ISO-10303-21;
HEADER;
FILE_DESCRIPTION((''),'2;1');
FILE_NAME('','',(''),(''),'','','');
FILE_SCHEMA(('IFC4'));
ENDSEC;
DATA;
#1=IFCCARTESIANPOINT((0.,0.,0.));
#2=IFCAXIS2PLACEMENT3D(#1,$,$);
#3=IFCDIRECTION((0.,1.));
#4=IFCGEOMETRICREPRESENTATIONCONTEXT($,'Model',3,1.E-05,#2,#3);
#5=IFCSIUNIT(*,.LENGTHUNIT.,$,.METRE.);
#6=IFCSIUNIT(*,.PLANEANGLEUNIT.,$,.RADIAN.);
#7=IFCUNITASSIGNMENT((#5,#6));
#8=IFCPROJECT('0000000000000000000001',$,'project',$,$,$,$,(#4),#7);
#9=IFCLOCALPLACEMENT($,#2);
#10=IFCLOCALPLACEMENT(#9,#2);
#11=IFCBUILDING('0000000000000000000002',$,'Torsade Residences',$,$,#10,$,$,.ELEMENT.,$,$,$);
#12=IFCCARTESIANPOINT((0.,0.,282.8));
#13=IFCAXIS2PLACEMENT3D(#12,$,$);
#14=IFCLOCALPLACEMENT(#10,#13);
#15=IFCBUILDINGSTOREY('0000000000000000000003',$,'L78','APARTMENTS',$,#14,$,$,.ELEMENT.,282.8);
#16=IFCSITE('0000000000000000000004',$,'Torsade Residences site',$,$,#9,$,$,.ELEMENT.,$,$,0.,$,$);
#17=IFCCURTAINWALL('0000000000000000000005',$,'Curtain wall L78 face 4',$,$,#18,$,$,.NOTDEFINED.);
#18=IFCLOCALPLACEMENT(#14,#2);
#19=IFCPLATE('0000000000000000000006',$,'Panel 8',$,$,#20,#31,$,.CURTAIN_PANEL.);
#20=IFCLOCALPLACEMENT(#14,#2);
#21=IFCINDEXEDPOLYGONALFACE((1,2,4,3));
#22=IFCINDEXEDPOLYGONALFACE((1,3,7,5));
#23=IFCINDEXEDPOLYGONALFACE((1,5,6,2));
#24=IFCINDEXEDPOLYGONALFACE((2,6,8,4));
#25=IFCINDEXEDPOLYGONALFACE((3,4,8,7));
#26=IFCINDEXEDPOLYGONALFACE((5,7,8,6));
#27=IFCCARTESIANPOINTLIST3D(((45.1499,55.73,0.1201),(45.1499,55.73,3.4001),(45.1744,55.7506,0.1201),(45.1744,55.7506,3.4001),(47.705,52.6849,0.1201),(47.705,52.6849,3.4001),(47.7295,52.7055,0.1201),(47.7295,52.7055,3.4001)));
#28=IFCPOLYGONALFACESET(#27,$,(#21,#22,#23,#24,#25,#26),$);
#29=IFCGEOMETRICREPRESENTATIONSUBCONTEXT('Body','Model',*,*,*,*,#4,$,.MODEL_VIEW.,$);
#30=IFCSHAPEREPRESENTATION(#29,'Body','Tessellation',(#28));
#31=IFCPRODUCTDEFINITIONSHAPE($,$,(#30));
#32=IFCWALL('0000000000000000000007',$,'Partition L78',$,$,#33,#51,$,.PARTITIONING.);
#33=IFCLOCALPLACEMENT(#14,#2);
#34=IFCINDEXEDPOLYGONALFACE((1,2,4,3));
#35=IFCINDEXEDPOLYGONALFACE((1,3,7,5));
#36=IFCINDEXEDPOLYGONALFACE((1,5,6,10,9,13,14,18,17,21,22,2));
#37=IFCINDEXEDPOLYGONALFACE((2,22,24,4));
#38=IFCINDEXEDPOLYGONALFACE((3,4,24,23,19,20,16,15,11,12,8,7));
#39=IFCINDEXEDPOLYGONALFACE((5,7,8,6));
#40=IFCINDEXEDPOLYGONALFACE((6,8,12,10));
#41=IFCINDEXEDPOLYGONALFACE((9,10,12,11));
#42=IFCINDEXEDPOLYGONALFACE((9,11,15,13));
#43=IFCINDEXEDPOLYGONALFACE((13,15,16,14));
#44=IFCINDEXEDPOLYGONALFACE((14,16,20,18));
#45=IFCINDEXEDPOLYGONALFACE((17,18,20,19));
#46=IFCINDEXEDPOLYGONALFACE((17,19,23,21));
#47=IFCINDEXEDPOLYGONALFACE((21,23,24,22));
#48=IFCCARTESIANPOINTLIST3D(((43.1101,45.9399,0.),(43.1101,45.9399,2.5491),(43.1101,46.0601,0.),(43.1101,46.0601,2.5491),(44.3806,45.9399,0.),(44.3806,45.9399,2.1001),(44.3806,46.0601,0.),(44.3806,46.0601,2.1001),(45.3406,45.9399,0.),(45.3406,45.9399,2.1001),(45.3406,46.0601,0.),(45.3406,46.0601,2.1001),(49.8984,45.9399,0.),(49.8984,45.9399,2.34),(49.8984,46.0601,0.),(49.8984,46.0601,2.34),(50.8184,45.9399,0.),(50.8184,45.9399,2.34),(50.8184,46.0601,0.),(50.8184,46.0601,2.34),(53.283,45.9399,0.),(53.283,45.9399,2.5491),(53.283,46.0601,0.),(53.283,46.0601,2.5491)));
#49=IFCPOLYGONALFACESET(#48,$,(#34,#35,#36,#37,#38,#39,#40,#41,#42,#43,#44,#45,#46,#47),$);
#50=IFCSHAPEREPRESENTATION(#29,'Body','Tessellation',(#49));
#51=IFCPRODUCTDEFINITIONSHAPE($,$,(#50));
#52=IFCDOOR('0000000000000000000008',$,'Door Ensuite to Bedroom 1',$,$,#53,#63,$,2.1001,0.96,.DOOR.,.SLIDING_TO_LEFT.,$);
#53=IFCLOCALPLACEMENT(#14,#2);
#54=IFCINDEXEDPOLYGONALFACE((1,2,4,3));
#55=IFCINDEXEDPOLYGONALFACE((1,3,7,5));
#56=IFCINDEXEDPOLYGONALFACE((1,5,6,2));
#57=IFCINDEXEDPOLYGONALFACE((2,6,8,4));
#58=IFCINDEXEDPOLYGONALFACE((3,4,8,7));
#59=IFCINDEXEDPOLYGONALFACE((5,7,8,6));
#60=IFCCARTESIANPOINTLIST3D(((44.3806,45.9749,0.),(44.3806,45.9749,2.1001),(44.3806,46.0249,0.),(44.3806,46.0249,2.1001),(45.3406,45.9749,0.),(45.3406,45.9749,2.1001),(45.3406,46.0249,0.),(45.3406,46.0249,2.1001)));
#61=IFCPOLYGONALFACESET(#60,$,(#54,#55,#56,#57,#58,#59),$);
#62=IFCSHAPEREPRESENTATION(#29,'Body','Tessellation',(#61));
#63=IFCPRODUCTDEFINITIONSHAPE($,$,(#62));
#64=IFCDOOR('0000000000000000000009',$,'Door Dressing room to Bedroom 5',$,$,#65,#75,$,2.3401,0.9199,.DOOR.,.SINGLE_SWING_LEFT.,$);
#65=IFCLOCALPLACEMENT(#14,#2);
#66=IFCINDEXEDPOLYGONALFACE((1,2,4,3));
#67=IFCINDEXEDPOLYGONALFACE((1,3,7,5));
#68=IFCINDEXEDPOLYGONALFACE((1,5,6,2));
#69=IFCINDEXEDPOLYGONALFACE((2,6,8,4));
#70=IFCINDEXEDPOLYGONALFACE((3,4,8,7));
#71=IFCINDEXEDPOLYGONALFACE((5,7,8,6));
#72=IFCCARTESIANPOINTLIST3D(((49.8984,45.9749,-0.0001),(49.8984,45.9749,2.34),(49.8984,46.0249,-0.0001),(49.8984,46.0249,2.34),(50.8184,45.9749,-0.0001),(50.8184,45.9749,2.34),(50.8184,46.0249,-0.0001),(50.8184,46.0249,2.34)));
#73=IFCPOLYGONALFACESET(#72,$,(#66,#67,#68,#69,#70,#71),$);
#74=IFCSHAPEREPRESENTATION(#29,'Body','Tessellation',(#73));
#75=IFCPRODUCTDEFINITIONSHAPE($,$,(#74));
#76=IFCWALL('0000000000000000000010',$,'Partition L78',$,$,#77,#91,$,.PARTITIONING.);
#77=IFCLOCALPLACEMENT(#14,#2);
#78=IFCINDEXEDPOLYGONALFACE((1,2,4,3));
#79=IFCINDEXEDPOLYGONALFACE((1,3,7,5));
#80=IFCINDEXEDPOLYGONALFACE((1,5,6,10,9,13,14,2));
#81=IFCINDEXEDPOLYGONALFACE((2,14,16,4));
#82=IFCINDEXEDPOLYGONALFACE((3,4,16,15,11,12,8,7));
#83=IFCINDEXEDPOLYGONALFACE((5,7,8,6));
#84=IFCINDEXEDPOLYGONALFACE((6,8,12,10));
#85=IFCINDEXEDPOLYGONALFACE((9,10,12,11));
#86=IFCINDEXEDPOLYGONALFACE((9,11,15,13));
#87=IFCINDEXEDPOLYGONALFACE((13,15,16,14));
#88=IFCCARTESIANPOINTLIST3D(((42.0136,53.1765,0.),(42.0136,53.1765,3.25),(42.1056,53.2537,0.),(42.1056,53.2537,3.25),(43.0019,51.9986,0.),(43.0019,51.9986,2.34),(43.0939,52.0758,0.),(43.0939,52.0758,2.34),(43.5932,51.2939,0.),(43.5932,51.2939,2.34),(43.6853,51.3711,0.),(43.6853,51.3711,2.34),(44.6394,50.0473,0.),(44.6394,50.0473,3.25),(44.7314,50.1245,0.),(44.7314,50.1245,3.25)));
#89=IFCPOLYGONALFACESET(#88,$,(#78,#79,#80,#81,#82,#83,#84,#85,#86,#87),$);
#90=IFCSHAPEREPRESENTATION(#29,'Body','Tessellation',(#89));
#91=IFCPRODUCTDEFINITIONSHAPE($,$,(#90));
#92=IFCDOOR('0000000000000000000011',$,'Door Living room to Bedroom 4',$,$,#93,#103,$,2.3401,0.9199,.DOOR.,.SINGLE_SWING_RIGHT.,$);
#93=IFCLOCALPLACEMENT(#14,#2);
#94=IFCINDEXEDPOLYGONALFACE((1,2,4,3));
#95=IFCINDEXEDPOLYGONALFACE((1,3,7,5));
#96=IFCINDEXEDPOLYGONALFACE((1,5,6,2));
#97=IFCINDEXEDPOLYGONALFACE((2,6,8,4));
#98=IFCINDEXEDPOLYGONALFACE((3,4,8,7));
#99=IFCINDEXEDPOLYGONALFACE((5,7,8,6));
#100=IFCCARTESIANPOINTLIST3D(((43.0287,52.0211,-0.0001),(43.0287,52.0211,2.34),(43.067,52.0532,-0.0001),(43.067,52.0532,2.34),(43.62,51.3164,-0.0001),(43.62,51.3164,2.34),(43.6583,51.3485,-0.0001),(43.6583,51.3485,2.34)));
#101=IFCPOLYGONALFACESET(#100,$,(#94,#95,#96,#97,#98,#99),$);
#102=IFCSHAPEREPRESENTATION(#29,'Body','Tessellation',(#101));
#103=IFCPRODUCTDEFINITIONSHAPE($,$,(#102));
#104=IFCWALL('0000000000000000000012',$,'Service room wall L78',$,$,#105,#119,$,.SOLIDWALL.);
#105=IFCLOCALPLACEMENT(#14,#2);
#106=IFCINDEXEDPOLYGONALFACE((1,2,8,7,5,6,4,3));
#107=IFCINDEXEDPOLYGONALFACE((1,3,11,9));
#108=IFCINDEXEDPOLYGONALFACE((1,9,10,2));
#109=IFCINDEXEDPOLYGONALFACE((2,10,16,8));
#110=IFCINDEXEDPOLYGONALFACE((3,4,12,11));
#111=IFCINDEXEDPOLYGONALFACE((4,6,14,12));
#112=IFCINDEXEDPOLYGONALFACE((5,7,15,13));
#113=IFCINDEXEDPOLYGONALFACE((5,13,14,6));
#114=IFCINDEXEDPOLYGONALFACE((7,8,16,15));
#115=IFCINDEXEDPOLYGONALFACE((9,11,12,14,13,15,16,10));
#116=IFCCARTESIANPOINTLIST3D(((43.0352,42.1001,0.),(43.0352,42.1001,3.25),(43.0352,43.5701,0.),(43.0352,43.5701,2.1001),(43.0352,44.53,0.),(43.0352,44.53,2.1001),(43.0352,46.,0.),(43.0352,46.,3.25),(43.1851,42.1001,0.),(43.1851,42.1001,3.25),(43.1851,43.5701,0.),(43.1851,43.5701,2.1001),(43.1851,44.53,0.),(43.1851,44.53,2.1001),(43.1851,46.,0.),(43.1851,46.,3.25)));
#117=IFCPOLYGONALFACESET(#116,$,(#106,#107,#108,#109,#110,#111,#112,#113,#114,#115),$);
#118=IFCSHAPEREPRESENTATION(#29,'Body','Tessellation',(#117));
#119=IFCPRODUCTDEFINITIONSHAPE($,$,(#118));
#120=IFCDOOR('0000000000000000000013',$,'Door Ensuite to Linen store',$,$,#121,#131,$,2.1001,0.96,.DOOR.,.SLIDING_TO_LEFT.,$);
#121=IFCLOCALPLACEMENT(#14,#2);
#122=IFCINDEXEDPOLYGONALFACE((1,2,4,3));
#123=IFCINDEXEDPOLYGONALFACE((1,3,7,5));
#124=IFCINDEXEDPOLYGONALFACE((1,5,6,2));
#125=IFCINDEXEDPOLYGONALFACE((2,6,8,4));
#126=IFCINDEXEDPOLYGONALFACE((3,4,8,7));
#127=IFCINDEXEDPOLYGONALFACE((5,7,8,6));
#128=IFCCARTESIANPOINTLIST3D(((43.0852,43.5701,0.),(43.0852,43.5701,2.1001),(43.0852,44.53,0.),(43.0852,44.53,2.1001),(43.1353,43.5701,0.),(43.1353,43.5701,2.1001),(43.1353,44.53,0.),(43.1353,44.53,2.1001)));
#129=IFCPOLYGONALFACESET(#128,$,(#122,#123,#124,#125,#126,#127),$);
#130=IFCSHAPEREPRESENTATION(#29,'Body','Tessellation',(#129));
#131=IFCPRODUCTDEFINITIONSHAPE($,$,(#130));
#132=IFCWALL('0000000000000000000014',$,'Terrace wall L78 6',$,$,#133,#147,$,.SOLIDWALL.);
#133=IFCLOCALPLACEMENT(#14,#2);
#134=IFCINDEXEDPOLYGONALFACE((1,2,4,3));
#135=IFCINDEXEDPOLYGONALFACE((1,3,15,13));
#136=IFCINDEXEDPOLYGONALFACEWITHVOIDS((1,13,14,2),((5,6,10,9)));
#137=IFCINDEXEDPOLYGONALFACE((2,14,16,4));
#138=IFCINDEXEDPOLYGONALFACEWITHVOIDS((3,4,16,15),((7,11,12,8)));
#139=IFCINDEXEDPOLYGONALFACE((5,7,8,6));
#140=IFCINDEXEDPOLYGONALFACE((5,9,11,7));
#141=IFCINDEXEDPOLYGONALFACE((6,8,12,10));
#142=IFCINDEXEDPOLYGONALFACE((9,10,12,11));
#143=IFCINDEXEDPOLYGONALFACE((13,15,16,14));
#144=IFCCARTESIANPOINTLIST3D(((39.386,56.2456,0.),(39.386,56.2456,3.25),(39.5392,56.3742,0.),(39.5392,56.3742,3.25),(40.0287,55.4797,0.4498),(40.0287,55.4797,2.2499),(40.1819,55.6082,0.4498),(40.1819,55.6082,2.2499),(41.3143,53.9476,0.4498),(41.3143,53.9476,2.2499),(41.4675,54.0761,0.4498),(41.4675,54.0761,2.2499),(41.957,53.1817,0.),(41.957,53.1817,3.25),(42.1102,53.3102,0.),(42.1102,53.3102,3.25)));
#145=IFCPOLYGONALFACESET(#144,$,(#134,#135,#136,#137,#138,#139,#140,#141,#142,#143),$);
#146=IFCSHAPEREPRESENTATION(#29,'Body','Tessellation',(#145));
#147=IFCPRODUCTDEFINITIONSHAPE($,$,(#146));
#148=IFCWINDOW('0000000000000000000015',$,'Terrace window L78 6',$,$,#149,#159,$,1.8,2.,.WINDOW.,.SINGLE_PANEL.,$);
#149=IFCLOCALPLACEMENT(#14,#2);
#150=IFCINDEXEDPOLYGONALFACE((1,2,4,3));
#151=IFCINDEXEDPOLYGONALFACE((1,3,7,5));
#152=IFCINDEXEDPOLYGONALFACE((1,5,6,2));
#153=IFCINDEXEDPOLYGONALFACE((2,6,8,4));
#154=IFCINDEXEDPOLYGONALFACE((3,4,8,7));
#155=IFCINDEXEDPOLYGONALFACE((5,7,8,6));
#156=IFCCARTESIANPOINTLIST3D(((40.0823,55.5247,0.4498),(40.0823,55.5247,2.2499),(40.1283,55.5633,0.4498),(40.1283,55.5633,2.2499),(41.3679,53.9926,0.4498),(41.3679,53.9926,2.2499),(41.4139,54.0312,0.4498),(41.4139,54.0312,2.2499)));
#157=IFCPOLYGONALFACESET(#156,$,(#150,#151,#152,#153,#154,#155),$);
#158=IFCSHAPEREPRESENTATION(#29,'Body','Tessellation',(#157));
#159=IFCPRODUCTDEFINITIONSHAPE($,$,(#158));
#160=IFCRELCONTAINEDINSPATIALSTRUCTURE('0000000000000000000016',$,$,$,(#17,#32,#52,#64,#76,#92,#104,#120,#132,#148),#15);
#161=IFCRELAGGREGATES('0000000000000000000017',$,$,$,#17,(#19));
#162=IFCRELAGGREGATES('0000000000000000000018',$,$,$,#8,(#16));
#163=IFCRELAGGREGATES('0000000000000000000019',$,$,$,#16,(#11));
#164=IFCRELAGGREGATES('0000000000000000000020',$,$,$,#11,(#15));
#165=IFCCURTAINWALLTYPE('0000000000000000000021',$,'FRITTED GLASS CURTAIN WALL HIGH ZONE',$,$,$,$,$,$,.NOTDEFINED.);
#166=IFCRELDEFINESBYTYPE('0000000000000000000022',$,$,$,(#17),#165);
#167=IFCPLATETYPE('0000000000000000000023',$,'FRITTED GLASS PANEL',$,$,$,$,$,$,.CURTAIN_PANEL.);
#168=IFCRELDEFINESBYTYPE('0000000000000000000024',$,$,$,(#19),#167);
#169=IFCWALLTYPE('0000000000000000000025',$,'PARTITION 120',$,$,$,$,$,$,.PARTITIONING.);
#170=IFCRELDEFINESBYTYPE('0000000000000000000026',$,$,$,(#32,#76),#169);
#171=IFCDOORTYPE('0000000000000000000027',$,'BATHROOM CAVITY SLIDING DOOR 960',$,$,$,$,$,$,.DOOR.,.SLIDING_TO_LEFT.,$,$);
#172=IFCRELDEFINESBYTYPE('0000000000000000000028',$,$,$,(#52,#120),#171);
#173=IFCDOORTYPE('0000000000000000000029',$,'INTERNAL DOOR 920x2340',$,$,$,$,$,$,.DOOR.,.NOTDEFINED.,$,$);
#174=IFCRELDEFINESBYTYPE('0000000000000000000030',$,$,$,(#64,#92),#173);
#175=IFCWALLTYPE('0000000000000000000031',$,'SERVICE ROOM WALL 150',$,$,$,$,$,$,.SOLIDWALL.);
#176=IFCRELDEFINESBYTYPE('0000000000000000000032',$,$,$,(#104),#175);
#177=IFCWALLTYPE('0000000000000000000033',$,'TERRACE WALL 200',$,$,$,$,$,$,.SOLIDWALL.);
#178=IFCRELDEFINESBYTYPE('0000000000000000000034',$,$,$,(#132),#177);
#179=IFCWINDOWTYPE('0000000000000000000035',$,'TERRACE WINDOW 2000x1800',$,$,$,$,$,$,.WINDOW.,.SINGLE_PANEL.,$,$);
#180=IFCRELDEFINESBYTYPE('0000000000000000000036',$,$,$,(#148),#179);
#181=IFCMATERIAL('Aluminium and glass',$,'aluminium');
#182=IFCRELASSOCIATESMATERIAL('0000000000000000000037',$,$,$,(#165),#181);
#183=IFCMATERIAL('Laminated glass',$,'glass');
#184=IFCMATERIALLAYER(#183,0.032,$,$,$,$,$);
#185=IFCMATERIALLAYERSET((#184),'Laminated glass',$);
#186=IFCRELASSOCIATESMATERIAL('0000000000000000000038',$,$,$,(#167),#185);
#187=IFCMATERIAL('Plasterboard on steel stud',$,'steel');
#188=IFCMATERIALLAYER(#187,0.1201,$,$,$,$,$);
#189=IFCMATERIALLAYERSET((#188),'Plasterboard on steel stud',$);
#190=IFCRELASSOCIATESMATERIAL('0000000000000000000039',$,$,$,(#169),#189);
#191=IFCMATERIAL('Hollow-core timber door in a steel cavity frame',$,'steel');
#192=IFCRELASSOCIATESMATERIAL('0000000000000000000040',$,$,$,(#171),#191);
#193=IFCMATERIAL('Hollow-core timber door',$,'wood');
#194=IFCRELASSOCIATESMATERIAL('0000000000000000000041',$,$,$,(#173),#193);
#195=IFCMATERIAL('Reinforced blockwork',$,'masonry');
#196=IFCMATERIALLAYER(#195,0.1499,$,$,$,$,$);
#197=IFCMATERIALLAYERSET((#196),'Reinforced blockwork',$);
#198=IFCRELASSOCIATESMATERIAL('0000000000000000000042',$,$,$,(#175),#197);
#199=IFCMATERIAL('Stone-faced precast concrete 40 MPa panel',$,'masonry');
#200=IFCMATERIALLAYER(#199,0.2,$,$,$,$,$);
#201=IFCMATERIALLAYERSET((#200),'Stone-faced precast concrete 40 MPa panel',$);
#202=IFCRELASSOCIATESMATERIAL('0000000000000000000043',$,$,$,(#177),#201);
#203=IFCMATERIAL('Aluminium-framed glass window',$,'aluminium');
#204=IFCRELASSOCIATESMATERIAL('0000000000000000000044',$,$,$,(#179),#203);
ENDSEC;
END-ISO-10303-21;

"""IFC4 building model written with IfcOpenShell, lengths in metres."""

from ifc_helpers import new_model, si_unit, direction, frame, frame_2d, origin, origin_2d, place, context, subcontext, project, spatial, rectangle, extrude, material, layer, layer_set, type_object, element, fill, aggregate, save


model = new_model("IFC4")

# Units and contexts
model_context = context("Model", 3, precision=1e-05, world=origin(), true_north=direction((0.0, 1.0)))
body_context = subcontext(model_context, "Body", "Model", "MODEL_VIEW")
ifc_project = project(units=[si_unit("LENGTHUNIT", "METRE"), si_unit("PLANEANGLEUNIT", "RADIAN")], contexts=[model_context])

# Site, building, storey
site_placement = place(None, origin())
site = spatial("IfcSite", under=ifc_project, at=site_placement, Name="Torsade Residences site", CompositionType="ELEMENT", RefElevation=0.0)
building_placement = place(site_placement, origin())
building = spatial("IfcBuilding", under=site, at=building_placement, Name="Torsade Residences", CompositionType="ELEMENT")
storey_placement = place(building_placement, frame((0.0, 0.0, 282.8)))
storey = spatial("IfcBuildingStorey", under=building, at=storey_placement, Name="L78", Description="APARTMENTS", CompositionType="ELEMENT", Elevation=282.8)

# Curtain wall
ifc_material_1 = material(Name="Aluminium and glass", Category="aluminium")
curtain_wall_type = type_object("IfcCurtainWallType", Name="FRITTED GLASS CURTAIN WALL HIGH ZONE", PredefinedType="NOTDEFINED", material=ifc_material_1)
curtain_wall_1_placement = place(storey_placement, origin())
curtain_wall_1 = element("IfcCurtainWall", 1, at=curtain_wall_1_placement, inside=storey, type_object=curtain_wall_type, Name="Curtain wall L78 face 4", PredefinedType="NOTDEFINED")

# Plate
ifc_material_2 = material(Name="Laminated glass", Category="glass")
ifc_layer_1 = layer(ifc_material_2, 0.032)
ifc_layer_set_1 = layer_set([ifc_layer_1], Name="Laminated glass")
plate_type = type_object("IfcPlateType", Name="FRITTED GLASS PANEL", PredefinedType="CURTAIN_PANEL", material=ifc_layer_set_1)
plate_placement = place(storey_placement, frame((46.4397, 54.2178, 0.1201), z_axis=(0.0, 0.0, 1.0), x_axis=(-0.642788, 0.766044, 0.0)))
plate = element("IfcPlate", 2, at=plate_placement, type_object=plate_type, Name="Panel 8", PredefinedType="CURTAIN_PANEL", context=body_context, shape_type="SweptSolid", body=[
    extrude(rectangle(XDim=3.9751, YDim=0.032, at=origin_2d()), origin(), (0.0, 0.0, 1.0), 3.28),
])
aggregate(curtain_wall_1, [plate])

# Wall, openings, doors
ifc_material_3 = material(Name="Plasterboard on steel stud", Category="steel")
ifc_layer_2 = layer(ifc_material_3, 0.1201)
ifc_layer_set_2 = layer_set([ifc_layer_2], Name="Plasterboard on steel stud")
wall_type_1 = type_object("IfcWallType", Name="PARTITION 120", PredefinedType="PARTITIONING", material=ifc_layer_set_2)
wall_1_placement = place(storey_placement, frame((43.1101, 46.0, 0.0), z_axis=(0.0, 0.0, 1.0), x_axis=(1.0, 0.0, 0.0)))
wall_1 = element("IfcWall", 3, at=wall_1_placement, inside=storey, type_object=wall_type_1, Name="Partition L78", PredefinedType="PARTITIONING", context=body_context, shape_type="SweptSolid", body=[
    extrude(rectangle(XDim=10.1729, YDim=0.1201, at=frame_2d((5.0864, 0.0))), origin(), (0.0, 0.0, 1.0), 2.5491),
])
opening_1_placement = place(wall_1_placement, frame((6.7883, 0.0, 0.0)))
opening_1 = element("IfcOpeningElement", 4, at=opening_1_placement, cuts=wall_1, PredefinedType="OPENING", context=body_context, shape_type="SweptSolid", body=[
    extrude(rectangle(XDim=0.9199, YDim=2.3401, at=frame_2d((0.46, 1.1699))), frame((0.0, 0.0701, 0.0), z_axis=(0.0, -1.0, 0.0), x_axis=(1.0, 0.0, 0.0)), (0.0, 0.0, 1.0), 0.1401),
])
opening_2_placement = place(wall_1_placement, frame((1.2705, 0.0, 0.0)))
opening_2 = element("IfcOpeningElement", 5, at=opening_2_placement, cuts=wall_1, PredefinedType="OPENING", context=body_context, shape_type="SweptSolid", body=[
    extrude(rectangle(XDim=0.96, YDim=2.1001, at=frame_2d((0.48, 1.05))), frame((0.0, 0.0701, 0.0), z_axis=(0.0, -1.0, 0.0), x_axis=(1.0, 0.0, 0.0)), (0.0, 0.0, 1.0), 0.1401),
])
ifc_material_4 = material(Name="Hollow-core timber door in a steel cavity frame", Category="steel")
door_type_1 = type_object("IfcDoorType", Name="BATHROOM CAVITY SLIDING DOOR 960", OperationType="SLIDING_TO_LEFT", PredefinedType="DOOR", material=ifc_material_4)
door_1_placement = place(opening_2_placement, origin())
door_1 = element("IfcDoor", 6, at=door_1_placement, inside=storey, type_object=door_type_1, Name="Door Ensuite to Bedroom 1", OperationType="SLIDING_TO_LEFT", OverallHeight=2.1001, OverallWidth=0.96, PredefinedType="DOOR", context=body_context, shape_type="SweptSolid", body=[
    extrude(rectangle(XDim=0.96, YDim=2.1001, at=frame_2d((0.48, 1.05))), frame((0.0, 0.0249, 0.0), z_axis=(0.0, -1.0, 0.0), x_axis=(1.0, 0.0, 0.0)), (0.0, 0.0, 1.0), 0.05),
])
fill(opening_2, door_1)
ifc_material_5 = material(Name="Hollow-core timber door", Category="wood")
door_type_2 = type_object("IfcDoorType", Name="INTERNAL DOOR 920x2340", OperationType="NOTDEFINED", PredefinedType="DOOR", material=ifc_material_5)
door_2_placement = place(opening_1_placement, origin())
door_2 = element("IfcDoor", 7, at=door_2_placement, inside=storey, type_object=door_type_2, Name="Door Dressing room to Bedroom 5", OperationType="SINGLE_SWING_LEFT", OverallHeight=2.3401, OverallWidth=0.9199, PredefinedType="DOOR", context=body_context, shape_type="SweptSolid", body=[
    extrude(rectangle(XDim=0.9199, YDim=2.3401, at=frame_2d((0.46, 1.1699))), frame((0.0, 0.0249, 0.0), z_axis=(0.0, -1.0, 0.0), x_axis=(1.0, 0.0, 0.0)), (0.0, 0.0, 1.0), 0.05),
])
fill(opening_1, door_2)

# Walls, openings, doors
wall_2_placement = place(storey_placement, frame((42.0596, 53.2151, 0.0), z_axis=(0.0, 0.0, 1.0), x_axis=(0.642797, -0.766037, 0.0)))
wall_2 = element("IfcWall", 8, at=wall_2_placement, inside=storey, type_object=wall_type_1, Name="Partition L78", PredefinedType="PARTITIONING", context=body_context, shape_type="SweptSolid", body=[
    extrude(rectangle(XDim=4.085, YDim=0.1201, at=frame_2d((2.0425, 0.0))), origin(), (0.0, 0.0, 1.0), 3.25),
])
opening_3_placement = place(wall_2_placement, frame((1.5376, 0.0, 0.0)))
opening_3 = element("IfcOpeningElement", 9, at=opening_3_placement, cuts=wall_2, PredefinedType="OPENING", context=body_context, shape_type="SweptSolid", body=[
    extrude(rectangle(XDim=0.9199, YDim=2.3401, at=frame_2d((0.46, 1.1699))), frame((0.0, 0.0701, 0.0), z_axis=(0.0, -1.0, 0.0), x_axis=(1.0, 0.0, 0.0)), (0.0, 0.0, 1.0), 0.1401),
])
door_3_placement = place(opening_3_placement, origin())
door_3 = element("IfcDoor", 10, at=door_3_placement, inside=storey, type_object=door_type_2, Name="Door Living room to Bedroom 4", OperationType="SINGLE_SWING_RIGHT", OverallHeight=2.3401, OverallWidth=0.9199, PredefinedType="DOOR", context=body_context, shape_type="SweptSolid", body=[
    extrude(rectangle(XDim=0.9199, YDim=2.3401, at=frame_2d((0.46, 1.1699))), frame((0.0, 0.0249, 0.0), z_axis=(0.0, -1.0, 0.0), x_axis=(1.0, 0.0, 0.0)), (0.0, 0.0, 1.0), 0.05),
])
fill(opening_3, door_3)
ifc_material_6 = material(Name="Reinforced blockwork", Category="masonry")
ifc_layer_3 = layer(ifc_material_6, 0.1499)
ifc_layer_set_3 = layer_set([ifc_layer_3], Name="Reinforced blockwork")
wall_type_2 = type_object("IfcWallType", Name="SERVICE ROOM WALL 150", PredefinedType="SOLIDWALL", material=ifc_layer_set_3)
wall_3_placement = place(storey_placement, frame((43.1101, 42.1001, 0.0), z_axis=(0.0, 0.0, 1.0), x_axis=(0.0, 1.0, 0.0)))
wall_3 = element("IfcWall", 11, at=wall_3_placement, inside=storey, type_object=wall_type_2, Name="Service room wall L78", PredefinedType="SOLIDWALL", context=body_context, shape_type="SweptSolid", body=[
    extrude(rectangle(XDim=3.8999, YDim=0.1499, at=frame_2d((1.95, 0.0))), origin(), (0.0, 0.0, 1.0), 3.25),
])
opening_4_placement = place(wall_3_placement, frame((1.47, 0.0, 0.0)))
opening_4 = element("IfcOpeningElement", 12, at=opening_4_placement, cuts=wall_3, PredefinedType="OPENING", context=body_context, shape_type="SweptSolid", body=[
    extrude(rectangle(XDim=0.96, YDim=2.1001, at=frame_2d((0.48, 1.05))), frame((0.0, 0.085, 0.0), z_axis=(0.0, -1.0, 0.0), x_axis=(1.0, 0.0, 0.0)), (0.0, 0.0, 1.0), 0.1699),
])
door_4_placement = place(opening_4_placement, origin())
door_4 = element("IfcDoor", 13, at=door_4_placement, inside=storey, type_object=door_type_1, Name="Door Ensuite to Linen store", OperationType="SLIDING_TO_LEFT", OverallHeight=2.1001, OverallWidth=0.96, PredefinedType="DOOR", context=body_context, shape_type="SweptSolid", body=[
    extrude(rectangle(XDim=0.96, YDim=2.1001, at=frame_2d((0.48, 1.05))), frame((0.0, 0.0249, 0.0), z_axis=(0.0, -1.0, 0.0), x_axis=(1.0, 0.0, 0.0)), (0.0, 0.0, 1.0), 0.05),
])
fill(opening_4, door_4)
ifc_material_7 = material(Name="Stone-faced precast concrete 40 MPa panel", Category="masonry")
ifc_layer_4 = layer(ifc_material_7, 0.2)
ifc_layer_set_4 = layer_set([ifc_layer_4], Name="Stone-faced precast concrete 40 MPa panel")
wall_type_3 = type_object("IfcWallType", Name="TERRACE WALL 200", PredefinedType="SOLIDWALL", material=ifc_layer_set_4)

# Wall, opening, window
wall_4_placement = place(storey_placement, frame((42.0337, 53.2458, 0.0), z_axis=(0.0, 0.0, 1.0), x_axis=(-0.642798, 0.766035, 0.0)))
wall_4 = element("IfcWall", 14, at=wall_4_placement, inside=storey, type_object=wall_type_3, Name="Terrace wall L78 6", PredefinedType="SOLIDWALL", context=body_context, shape_type="SweptSolid", body=[
    extrude(rectangle(XDim=3.9998, YDim=0.2, at=frame_2d((2.0, 0.0))), origin(), (0.0, 0.0, 1.0), 3.25),
])
opening_5_placement = place(wall_4_placement, frame((1.0, 0.0, 0.45)))
opening_5 = element("IfcOpeningElement", 15, at=opening_5_placement, cuts=wall_4, PredefinedType="OPENING", context=body_context, shape_type="SweptSolid", body=[
    extrude(rectangle(XDim=2.0, YDim=1.8, at=frame_2d((1.0, 0.8999))), frame((0.0, 0.1099, 0.0), z_axis=(0.0, -1.0, 0.0), x_axis=(1.0, 0.0, 0.0)), (0.0, 0.0, 1.0), 0.22),
])
ifc_material_8 = material(Name="Aluminium-framed glass window", Category="aluminium")
window_type = type_object("IfcWindowType", Name="TERRACE WINDOW 2000x1800", PartitioningType="SINGLE_PANEL", PredefinedType="WINDOW", material=ifc_material_8)
window_placement = place(opening_5_placement, origin())
window = element("IfcWindow", 16, at=window_placement, inside=storey, type_object=window_type, Name="Terrace window L78 6", OverallHeight=1.8, OverallWidth=2.0, PartitioningType="SINGLE_PANEL", PredefinedType="WINDOW", context=body_context, shape_type="SweptSolid", body=[
    extrude(rectangle(XDim=2.0, YDim=1.8, at=frame_2d((1.0, 0.8999))), frame((0.0, 0.03, 0.0), z_axis=(0.0, -1.0, 0.0), x_axis=(1.0, 0.0, 0.0)), (0.0, 0.0, 1.0), 0.0601),
])
fill(opening_5, window)

save(model, "model.ifc")
